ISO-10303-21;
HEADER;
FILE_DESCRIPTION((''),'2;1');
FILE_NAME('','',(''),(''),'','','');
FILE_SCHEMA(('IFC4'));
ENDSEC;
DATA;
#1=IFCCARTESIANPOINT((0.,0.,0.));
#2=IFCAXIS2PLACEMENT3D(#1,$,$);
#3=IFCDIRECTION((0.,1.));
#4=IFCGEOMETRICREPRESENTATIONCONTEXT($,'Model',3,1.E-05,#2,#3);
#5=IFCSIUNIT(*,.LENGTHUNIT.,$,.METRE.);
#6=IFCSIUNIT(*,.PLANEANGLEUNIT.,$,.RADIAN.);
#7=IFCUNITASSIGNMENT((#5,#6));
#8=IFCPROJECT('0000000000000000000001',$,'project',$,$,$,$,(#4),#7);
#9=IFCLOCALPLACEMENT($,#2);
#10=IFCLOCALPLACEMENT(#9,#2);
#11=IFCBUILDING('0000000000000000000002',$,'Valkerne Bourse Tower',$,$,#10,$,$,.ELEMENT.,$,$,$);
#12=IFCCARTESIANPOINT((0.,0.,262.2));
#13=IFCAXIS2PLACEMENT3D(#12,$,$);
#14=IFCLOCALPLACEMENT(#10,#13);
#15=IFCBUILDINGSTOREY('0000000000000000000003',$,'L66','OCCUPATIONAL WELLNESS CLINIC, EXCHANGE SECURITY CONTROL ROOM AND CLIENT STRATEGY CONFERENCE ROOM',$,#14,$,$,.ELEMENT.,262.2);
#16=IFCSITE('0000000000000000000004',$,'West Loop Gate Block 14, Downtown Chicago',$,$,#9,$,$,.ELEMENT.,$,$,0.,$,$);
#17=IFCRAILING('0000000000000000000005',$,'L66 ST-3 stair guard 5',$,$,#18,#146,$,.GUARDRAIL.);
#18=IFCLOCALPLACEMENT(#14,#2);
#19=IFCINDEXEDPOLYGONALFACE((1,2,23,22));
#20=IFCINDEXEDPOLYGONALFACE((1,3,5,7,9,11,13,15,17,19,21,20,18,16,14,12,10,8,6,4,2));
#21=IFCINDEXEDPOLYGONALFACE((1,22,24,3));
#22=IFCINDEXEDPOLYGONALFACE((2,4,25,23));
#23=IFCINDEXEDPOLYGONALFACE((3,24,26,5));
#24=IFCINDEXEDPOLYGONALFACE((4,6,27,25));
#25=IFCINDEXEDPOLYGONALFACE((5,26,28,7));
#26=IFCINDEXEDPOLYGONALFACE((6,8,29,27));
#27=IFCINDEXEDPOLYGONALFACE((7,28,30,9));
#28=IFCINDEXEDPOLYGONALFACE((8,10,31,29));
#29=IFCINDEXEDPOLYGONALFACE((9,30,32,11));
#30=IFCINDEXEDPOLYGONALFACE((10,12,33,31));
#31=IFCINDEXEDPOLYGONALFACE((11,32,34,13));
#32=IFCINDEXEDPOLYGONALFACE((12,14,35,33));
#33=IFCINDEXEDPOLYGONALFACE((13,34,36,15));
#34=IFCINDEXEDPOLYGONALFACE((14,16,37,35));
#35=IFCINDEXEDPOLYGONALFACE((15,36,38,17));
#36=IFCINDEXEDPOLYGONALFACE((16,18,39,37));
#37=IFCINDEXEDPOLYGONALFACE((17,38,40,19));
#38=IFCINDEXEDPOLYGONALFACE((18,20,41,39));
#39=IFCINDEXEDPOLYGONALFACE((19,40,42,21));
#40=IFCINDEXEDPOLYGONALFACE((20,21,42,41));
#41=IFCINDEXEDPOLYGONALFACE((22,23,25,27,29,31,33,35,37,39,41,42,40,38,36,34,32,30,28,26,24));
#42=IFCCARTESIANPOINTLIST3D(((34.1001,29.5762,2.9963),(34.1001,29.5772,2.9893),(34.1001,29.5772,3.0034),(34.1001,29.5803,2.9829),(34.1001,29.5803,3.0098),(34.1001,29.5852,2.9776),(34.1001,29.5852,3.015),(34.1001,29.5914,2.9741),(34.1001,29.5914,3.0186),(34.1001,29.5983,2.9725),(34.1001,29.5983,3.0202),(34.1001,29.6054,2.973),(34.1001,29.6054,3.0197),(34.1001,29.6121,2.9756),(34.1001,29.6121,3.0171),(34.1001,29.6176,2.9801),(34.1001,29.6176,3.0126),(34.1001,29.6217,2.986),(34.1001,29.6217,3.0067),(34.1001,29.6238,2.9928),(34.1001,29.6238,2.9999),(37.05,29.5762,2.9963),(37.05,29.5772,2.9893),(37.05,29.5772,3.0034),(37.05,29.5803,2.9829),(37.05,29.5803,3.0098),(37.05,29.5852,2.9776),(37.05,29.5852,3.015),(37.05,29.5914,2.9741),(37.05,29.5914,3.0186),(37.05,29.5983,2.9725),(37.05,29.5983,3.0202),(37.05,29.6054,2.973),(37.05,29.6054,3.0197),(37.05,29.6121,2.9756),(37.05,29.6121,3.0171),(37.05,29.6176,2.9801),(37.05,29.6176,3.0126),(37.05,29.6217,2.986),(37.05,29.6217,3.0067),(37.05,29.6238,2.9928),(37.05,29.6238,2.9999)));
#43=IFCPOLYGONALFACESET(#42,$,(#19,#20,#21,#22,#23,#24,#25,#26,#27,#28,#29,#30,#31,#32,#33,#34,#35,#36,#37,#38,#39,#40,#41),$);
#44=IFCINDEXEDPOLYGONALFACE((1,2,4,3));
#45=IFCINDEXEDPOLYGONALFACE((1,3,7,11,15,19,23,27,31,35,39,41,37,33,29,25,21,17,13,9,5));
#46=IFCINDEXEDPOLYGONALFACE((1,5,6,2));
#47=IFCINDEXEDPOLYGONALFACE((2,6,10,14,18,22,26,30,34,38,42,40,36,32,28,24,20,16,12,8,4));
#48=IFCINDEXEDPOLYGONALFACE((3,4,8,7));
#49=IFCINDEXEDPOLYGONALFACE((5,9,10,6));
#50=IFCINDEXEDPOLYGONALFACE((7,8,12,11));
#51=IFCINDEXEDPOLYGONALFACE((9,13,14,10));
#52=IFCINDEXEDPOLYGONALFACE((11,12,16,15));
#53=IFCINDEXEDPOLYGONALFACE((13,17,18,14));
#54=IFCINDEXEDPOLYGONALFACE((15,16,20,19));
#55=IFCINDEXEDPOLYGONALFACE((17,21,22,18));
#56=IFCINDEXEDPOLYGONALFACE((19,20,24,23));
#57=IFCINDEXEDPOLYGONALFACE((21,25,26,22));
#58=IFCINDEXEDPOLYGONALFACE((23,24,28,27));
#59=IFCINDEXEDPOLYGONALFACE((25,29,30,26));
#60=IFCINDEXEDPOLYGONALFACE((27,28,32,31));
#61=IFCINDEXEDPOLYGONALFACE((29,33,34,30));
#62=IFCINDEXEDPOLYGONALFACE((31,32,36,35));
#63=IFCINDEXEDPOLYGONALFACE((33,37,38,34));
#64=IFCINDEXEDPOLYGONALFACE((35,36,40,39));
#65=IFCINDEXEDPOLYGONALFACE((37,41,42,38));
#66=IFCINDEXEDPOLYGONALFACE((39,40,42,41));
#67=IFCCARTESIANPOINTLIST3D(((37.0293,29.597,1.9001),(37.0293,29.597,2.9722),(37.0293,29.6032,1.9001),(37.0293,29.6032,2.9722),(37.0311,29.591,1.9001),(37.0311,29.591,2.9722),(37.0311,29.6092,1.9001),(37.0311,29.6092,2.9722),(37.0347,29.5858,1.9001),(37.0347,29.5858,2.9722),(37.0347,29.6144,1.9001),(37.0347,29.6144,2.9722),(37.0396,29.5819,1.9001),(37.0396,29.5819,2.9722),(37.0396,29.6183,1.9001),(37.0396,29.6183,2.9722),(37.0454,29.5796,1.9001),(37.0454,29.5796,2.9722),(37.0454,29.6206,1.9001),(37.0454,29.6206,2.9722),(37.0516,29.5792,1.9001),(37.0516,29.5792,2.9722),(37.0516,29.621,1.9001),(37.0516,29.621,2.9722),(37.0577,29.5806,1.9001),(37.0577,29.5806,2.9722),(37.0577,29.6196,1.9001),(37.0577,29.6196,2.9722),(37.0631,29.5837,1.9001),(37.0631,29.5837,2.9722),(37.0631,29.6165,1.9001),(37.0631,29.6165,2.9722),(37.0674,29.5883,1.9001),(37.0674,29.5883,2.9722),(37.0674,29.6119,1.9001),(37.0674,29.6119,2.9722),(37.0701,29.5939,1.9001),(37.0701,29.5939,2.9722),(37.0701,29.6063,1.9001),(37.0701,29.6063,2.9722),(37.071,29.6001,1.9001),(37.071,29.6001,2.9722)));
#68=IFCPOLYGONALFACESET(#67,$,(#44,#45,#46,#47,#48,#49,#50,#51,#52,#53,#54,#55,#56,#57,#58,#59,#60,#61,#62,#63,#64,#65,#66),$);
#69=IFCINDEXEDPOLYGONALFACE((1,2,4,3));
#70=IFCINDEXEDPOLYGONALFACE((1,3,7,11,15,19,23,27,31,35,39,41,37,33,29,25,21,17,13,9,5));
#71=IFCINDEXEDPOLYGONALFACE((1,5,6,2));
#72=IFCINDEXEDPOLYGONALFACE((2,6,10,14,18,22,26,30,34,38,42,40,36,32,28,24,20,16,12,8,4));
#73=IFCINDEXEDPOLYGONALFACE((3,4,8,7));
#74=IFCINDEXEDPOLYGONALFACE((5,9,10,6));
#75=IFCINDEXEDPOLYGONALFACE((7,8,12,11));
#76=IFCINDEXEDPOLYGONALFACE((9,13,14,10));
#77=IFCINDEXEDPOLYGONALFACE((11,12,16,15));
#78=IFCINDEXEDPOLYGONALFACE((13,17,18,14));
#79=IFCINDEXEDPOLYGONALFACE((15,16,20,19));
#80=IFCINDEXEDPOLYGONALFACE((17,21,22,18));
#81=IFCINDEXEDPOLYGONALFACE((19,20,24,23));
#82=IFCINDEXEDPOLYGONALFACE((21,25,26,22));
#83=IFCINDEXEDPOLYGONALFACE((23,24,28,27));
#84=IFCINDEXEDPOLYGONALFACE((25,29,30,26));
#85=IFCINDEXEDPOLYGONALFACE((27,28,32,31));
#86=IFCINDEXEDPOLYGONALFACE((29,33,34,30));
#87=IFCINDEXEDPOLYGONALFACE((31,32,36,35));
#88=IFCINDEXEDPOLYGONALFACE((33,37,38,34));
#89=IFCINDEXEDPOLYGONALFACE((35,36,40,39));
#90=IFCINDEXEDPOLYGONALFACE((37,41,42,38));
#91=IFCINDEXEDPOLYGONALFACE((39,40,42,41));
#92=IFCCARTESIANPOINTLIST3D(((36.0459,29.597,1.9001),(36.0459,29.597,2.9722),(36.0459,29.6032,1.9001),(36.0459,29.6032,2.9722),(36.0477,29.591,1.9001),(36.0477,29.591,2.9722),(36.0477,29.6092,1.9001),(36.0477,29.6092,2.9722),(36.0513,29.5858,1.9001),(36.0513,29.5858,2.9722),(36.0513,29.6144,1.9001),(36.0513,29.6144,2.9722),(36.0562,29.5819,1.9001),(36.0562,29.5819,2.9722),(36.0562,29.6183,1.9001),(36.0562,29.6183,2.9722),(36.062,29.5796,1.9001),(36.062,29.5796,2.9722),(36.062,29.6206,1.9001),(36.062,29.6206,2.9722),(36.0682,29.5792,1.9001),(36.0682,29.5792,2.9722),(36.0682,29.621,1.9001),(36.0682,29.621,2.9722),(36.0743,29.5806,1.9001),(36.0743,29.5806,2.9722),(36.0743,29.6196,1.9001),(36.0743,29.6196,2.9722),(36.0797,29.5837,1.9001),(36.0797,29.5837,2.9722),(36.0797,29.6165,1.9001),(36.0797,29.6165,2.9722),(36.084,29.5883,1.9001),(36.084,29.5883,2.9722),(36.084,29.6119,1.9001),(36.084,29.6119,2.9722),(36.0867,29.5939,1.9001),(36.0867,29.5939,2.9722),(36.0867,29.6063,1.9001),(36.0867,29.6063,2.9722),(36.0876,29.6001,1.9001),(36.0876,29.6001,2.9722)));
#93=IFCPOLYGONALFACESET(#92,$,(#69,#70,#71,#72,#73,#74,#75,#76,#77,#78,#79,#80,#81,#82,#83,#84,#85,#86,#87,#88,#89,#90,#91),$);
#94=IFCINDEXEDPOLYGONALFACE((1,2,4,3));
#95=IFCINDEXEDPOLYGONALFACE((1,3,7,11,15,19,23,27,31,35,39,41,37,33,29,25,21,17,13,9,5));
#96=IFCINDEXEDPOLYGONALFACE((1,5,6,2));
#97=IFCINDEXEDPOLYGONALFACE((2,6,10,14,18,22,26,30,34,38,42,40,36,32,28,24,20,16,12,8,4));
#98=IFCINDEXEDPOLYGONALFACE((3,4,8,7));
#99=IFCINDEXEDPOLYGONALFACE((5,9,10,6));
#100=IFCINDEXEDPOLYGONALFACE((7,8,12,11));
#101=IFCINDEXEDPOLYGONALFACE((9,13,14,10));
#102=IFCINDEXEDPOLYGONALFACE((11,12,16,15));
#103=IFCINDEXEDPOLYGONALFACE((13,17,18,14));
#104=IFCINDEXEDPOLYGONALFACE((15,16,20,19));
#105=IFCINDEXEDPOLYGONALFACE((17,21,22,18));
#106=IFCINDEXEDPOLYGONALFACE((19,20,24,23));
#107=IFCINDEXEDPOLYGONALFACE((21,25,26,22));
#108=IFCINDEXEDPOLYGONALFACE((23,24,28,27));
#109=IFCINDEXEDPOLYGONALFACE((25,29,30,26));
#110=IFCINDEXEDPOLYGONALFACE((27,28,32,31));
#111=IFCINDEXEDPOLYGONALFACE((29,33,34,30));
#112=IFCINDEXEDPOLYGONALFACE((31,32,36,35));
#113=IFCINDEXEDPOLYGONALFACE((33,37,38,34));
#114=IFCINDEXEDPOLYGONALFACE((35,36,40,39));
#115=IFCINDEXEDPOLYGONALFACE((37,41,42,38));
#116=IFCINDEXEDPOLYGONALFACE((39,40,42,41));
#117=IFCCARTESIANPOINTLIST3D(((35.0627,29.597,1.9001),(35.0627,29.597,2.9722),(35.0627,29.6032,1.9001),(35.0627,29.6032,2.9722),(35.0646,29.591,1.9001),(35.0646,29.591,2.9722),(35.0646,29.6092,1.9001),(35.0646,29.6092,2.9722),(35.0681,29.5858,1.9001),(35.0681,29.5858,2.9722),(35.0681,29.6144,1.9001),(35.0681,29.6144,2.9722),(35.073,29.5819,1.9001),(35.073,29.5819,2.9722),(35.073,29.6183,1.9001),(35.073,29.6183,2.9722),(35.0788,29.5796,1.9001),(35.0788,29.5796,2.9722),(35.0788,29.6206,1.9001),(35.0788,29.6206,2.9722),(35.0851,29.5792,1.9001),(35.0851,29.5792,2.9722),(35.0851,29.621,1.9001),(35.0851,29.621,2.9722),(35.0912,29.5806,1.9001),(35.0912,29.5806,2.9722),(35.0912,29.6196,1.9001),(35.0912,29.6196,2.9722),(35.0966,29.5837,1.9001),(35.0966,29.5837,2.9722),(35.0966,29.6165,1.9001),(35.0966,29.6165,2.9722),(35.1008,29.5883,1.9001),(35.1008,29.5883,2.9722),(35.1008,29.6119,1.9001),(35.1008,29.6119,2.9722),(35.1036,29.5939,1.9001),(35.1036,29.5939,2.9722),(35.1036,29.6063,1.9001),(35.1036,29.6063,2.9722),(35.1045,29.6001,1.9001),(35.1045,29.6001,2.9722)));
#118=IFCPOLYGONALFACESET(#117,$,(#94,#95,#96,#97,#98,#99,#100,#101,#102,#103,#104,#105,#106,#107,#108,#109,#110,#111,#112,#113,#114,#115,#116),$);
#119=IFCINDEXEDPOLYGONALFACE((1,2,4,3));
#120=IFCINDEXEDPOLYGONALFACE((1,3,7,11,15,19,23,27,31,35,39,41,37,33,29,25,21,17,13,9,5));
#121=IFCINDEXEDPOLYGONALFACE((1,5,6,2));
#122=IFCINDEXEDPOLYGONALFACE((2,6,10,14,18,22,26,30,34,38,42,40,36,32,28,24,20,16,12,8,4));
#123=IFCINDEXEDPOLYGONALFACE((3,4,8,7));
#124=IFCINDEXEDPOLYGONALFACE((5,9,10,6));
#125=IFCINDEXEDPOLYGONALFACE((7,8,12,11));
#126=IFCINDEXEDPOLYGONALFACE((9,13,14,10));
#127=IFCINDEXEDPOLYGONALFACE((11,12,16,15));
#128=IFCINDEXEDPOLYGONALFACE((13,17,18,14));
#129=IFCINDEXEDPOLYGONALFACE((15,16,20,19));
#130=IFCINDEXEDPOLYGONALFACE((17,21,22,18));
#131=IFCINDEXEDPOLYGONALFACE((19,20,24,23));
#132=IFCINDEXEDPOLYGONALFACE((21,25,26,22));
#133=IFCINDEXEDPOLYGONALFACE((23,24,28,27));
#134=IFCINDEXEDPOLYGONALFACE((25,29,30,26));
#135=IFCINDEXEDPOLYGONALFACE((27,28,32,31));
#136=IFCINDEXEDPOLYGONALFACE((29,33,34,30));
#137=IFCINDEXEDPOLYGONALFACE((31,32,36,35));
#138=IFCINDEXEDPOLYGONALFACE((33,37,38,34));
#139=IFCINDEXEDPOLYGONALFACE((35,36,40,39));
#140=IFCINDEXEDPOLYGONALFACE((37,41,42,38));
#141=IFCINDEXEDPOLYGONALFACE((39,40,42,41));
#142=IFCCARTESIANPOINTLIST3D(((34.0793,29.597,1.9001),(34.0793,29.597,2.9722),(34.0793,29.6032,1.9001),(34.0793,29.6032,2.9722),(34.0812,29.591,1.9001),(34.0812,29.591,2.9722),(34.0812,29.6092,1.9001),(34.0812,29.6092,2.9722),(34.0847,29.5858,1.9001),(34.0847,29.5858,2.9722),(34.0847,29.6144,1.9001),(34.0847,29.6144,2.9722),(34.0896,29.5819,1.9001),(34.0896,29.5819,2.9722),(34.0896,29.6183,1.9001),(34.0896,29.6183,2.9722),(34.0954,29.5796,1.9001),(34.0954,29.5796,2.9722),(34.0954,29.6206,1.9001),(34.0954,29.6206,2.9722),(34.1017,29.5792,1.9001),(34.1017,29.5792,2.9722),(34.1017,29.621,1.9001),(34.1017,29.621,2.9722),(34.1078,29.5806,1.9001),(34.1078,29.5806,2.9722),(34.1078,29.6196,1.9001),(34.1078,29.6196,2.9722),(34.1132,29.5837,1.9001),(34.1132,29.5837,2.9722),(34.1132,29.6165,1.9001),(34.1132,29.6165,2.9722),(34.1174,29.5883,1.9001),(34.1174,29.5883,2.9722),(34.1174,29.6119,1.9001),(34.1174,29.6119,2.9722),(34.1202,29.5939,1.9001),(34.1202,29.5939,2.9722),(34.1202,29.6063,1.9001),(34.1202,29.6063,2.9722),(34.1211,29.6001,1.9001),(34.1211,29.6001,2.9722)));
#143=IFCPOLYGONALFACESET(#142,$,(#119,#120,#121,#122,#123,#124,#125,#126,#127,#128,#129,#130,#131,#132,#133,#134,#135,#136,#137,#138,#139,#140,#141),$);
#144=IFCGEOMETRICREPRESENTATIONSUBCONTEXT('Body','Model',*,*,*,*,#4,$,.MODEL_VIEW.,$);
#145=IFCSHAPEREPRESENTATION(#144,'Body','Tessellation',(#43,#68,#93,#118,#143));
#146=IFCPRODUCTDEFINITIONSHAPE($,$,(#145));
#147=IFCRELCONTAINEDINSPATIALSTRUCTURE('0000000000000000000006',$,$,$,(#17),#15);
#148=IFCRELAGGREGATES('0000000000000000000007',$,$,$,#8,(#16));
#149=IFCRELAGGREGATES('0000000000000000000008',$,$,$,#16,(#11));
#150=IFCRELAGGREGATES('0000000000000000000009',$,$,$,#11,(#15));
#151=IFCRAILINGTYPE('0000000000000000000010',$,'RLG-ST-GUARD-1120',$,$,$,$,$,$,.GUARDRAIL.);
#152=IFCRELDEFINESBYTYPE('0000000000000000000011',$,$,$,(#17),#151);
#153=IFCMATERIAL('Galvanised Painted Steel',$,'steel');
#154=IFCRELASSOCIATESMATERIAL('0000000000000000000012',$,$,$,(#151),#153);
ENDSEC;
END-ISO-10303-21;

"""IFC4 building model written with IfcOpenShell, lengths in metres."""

from ifc_helpers import new_model, si_unit, direction, frame, origin, origin_2d, place, context, subcontext, project, spatial, circle, extrude, material, type_object, element, save


model = new_model("IFC4")

# Units and contexts
model_context = context("Model", 3, precision=1e-05, world=origin(), true_north=direction((0.0, 1.0)))
body_context = subcontext(model_context, "Body", "Model", "MODEL_VIEW")
ifc_project = project(units=[si_unit("LENGTHUNIT", "METRE"), si_unit("PLANEANGLEUNIT", "RADIAN")], contexts=[model_context])

# Site, building, storey
site_placement = place(None, origin())
site = spatial("IfcSite", under=ifc_project, at=site_placement, Name="West Loop Gate Block 14, Downtown Chicago", CompositionType="ELEMENT", RefElevation=0.0)
building_placement = place(site_placement, origin())
building = spatial("IfcBuilding", under=site, at=building_placement, Name="Valkerne Bourse Tower", CompositionType="ELEMENT")
storey_placement = place(building_placement, frame((0.0, 0.0, 262.2)))
storey = spatial("IfcBuildingStorey", under=building, at=storey_placement, Name="L66", Description="OCCUPATIONAL WELLNESS CLINIC, EXCHANGE SECURITY CONTROL ROOM AND CLIENT STRATEGY CONFERENCE ROOM", CompositionType="ELEMENT", Elevation=262.2)

# Railing
ifc_material_1 = material(Name="Galvanised Painted Steel", Category="steel")
railing_type_1 = type_object("IfcRailingType", Name="RLG-ST-GUARD-1120", PredefinedType="GUARDRAIL", material=ifc_material_1)
railing_1_placement = place(storey_placement, frame((37.05, 29.6001, 1.9001)))
element("IfcRailing", 1, at=railing_1_placement, inside=storey, type_object=railing_type_1, Name="L66 ST-3 stair guard 5", PredefinedType="GUARDRAIL", context=body_context, shape_type="SweptSolid", body=[
    extrude(circle(Radius=0.0239, at=origin_2d()), frame((0.0, 0.0, 1.0962), z_axis=(-1.0, 0.0, 0.0), x_axis=(0.0, -1.0, 0.0)), (0.0, 0.0, 1.0), 2.95),
    extrude(circle(Radius=0.021, at=origin_2d()), origin(), (0.0, 0.0, 1.0), 1.072),
    extrude(circle(Radius=0.021, at=origin_2d()), frame((-0.9834, 0.0, 0.0)), (0.0, 0.0, 1.0), 1.072),
    extrude(circle(Radius=0.021, at=origin_2d()), frame((-1.9666, 0.0, 0.0)), (0.0, 0.0, 1.0), 1.072),
    extrude(circle(Radius=0.021, at=origin_2d()), frame((-2.95, 0.0, 0.0)), (0.0, 0.0, 1.0), 1.072),
])

save(model, "model.ifc")
